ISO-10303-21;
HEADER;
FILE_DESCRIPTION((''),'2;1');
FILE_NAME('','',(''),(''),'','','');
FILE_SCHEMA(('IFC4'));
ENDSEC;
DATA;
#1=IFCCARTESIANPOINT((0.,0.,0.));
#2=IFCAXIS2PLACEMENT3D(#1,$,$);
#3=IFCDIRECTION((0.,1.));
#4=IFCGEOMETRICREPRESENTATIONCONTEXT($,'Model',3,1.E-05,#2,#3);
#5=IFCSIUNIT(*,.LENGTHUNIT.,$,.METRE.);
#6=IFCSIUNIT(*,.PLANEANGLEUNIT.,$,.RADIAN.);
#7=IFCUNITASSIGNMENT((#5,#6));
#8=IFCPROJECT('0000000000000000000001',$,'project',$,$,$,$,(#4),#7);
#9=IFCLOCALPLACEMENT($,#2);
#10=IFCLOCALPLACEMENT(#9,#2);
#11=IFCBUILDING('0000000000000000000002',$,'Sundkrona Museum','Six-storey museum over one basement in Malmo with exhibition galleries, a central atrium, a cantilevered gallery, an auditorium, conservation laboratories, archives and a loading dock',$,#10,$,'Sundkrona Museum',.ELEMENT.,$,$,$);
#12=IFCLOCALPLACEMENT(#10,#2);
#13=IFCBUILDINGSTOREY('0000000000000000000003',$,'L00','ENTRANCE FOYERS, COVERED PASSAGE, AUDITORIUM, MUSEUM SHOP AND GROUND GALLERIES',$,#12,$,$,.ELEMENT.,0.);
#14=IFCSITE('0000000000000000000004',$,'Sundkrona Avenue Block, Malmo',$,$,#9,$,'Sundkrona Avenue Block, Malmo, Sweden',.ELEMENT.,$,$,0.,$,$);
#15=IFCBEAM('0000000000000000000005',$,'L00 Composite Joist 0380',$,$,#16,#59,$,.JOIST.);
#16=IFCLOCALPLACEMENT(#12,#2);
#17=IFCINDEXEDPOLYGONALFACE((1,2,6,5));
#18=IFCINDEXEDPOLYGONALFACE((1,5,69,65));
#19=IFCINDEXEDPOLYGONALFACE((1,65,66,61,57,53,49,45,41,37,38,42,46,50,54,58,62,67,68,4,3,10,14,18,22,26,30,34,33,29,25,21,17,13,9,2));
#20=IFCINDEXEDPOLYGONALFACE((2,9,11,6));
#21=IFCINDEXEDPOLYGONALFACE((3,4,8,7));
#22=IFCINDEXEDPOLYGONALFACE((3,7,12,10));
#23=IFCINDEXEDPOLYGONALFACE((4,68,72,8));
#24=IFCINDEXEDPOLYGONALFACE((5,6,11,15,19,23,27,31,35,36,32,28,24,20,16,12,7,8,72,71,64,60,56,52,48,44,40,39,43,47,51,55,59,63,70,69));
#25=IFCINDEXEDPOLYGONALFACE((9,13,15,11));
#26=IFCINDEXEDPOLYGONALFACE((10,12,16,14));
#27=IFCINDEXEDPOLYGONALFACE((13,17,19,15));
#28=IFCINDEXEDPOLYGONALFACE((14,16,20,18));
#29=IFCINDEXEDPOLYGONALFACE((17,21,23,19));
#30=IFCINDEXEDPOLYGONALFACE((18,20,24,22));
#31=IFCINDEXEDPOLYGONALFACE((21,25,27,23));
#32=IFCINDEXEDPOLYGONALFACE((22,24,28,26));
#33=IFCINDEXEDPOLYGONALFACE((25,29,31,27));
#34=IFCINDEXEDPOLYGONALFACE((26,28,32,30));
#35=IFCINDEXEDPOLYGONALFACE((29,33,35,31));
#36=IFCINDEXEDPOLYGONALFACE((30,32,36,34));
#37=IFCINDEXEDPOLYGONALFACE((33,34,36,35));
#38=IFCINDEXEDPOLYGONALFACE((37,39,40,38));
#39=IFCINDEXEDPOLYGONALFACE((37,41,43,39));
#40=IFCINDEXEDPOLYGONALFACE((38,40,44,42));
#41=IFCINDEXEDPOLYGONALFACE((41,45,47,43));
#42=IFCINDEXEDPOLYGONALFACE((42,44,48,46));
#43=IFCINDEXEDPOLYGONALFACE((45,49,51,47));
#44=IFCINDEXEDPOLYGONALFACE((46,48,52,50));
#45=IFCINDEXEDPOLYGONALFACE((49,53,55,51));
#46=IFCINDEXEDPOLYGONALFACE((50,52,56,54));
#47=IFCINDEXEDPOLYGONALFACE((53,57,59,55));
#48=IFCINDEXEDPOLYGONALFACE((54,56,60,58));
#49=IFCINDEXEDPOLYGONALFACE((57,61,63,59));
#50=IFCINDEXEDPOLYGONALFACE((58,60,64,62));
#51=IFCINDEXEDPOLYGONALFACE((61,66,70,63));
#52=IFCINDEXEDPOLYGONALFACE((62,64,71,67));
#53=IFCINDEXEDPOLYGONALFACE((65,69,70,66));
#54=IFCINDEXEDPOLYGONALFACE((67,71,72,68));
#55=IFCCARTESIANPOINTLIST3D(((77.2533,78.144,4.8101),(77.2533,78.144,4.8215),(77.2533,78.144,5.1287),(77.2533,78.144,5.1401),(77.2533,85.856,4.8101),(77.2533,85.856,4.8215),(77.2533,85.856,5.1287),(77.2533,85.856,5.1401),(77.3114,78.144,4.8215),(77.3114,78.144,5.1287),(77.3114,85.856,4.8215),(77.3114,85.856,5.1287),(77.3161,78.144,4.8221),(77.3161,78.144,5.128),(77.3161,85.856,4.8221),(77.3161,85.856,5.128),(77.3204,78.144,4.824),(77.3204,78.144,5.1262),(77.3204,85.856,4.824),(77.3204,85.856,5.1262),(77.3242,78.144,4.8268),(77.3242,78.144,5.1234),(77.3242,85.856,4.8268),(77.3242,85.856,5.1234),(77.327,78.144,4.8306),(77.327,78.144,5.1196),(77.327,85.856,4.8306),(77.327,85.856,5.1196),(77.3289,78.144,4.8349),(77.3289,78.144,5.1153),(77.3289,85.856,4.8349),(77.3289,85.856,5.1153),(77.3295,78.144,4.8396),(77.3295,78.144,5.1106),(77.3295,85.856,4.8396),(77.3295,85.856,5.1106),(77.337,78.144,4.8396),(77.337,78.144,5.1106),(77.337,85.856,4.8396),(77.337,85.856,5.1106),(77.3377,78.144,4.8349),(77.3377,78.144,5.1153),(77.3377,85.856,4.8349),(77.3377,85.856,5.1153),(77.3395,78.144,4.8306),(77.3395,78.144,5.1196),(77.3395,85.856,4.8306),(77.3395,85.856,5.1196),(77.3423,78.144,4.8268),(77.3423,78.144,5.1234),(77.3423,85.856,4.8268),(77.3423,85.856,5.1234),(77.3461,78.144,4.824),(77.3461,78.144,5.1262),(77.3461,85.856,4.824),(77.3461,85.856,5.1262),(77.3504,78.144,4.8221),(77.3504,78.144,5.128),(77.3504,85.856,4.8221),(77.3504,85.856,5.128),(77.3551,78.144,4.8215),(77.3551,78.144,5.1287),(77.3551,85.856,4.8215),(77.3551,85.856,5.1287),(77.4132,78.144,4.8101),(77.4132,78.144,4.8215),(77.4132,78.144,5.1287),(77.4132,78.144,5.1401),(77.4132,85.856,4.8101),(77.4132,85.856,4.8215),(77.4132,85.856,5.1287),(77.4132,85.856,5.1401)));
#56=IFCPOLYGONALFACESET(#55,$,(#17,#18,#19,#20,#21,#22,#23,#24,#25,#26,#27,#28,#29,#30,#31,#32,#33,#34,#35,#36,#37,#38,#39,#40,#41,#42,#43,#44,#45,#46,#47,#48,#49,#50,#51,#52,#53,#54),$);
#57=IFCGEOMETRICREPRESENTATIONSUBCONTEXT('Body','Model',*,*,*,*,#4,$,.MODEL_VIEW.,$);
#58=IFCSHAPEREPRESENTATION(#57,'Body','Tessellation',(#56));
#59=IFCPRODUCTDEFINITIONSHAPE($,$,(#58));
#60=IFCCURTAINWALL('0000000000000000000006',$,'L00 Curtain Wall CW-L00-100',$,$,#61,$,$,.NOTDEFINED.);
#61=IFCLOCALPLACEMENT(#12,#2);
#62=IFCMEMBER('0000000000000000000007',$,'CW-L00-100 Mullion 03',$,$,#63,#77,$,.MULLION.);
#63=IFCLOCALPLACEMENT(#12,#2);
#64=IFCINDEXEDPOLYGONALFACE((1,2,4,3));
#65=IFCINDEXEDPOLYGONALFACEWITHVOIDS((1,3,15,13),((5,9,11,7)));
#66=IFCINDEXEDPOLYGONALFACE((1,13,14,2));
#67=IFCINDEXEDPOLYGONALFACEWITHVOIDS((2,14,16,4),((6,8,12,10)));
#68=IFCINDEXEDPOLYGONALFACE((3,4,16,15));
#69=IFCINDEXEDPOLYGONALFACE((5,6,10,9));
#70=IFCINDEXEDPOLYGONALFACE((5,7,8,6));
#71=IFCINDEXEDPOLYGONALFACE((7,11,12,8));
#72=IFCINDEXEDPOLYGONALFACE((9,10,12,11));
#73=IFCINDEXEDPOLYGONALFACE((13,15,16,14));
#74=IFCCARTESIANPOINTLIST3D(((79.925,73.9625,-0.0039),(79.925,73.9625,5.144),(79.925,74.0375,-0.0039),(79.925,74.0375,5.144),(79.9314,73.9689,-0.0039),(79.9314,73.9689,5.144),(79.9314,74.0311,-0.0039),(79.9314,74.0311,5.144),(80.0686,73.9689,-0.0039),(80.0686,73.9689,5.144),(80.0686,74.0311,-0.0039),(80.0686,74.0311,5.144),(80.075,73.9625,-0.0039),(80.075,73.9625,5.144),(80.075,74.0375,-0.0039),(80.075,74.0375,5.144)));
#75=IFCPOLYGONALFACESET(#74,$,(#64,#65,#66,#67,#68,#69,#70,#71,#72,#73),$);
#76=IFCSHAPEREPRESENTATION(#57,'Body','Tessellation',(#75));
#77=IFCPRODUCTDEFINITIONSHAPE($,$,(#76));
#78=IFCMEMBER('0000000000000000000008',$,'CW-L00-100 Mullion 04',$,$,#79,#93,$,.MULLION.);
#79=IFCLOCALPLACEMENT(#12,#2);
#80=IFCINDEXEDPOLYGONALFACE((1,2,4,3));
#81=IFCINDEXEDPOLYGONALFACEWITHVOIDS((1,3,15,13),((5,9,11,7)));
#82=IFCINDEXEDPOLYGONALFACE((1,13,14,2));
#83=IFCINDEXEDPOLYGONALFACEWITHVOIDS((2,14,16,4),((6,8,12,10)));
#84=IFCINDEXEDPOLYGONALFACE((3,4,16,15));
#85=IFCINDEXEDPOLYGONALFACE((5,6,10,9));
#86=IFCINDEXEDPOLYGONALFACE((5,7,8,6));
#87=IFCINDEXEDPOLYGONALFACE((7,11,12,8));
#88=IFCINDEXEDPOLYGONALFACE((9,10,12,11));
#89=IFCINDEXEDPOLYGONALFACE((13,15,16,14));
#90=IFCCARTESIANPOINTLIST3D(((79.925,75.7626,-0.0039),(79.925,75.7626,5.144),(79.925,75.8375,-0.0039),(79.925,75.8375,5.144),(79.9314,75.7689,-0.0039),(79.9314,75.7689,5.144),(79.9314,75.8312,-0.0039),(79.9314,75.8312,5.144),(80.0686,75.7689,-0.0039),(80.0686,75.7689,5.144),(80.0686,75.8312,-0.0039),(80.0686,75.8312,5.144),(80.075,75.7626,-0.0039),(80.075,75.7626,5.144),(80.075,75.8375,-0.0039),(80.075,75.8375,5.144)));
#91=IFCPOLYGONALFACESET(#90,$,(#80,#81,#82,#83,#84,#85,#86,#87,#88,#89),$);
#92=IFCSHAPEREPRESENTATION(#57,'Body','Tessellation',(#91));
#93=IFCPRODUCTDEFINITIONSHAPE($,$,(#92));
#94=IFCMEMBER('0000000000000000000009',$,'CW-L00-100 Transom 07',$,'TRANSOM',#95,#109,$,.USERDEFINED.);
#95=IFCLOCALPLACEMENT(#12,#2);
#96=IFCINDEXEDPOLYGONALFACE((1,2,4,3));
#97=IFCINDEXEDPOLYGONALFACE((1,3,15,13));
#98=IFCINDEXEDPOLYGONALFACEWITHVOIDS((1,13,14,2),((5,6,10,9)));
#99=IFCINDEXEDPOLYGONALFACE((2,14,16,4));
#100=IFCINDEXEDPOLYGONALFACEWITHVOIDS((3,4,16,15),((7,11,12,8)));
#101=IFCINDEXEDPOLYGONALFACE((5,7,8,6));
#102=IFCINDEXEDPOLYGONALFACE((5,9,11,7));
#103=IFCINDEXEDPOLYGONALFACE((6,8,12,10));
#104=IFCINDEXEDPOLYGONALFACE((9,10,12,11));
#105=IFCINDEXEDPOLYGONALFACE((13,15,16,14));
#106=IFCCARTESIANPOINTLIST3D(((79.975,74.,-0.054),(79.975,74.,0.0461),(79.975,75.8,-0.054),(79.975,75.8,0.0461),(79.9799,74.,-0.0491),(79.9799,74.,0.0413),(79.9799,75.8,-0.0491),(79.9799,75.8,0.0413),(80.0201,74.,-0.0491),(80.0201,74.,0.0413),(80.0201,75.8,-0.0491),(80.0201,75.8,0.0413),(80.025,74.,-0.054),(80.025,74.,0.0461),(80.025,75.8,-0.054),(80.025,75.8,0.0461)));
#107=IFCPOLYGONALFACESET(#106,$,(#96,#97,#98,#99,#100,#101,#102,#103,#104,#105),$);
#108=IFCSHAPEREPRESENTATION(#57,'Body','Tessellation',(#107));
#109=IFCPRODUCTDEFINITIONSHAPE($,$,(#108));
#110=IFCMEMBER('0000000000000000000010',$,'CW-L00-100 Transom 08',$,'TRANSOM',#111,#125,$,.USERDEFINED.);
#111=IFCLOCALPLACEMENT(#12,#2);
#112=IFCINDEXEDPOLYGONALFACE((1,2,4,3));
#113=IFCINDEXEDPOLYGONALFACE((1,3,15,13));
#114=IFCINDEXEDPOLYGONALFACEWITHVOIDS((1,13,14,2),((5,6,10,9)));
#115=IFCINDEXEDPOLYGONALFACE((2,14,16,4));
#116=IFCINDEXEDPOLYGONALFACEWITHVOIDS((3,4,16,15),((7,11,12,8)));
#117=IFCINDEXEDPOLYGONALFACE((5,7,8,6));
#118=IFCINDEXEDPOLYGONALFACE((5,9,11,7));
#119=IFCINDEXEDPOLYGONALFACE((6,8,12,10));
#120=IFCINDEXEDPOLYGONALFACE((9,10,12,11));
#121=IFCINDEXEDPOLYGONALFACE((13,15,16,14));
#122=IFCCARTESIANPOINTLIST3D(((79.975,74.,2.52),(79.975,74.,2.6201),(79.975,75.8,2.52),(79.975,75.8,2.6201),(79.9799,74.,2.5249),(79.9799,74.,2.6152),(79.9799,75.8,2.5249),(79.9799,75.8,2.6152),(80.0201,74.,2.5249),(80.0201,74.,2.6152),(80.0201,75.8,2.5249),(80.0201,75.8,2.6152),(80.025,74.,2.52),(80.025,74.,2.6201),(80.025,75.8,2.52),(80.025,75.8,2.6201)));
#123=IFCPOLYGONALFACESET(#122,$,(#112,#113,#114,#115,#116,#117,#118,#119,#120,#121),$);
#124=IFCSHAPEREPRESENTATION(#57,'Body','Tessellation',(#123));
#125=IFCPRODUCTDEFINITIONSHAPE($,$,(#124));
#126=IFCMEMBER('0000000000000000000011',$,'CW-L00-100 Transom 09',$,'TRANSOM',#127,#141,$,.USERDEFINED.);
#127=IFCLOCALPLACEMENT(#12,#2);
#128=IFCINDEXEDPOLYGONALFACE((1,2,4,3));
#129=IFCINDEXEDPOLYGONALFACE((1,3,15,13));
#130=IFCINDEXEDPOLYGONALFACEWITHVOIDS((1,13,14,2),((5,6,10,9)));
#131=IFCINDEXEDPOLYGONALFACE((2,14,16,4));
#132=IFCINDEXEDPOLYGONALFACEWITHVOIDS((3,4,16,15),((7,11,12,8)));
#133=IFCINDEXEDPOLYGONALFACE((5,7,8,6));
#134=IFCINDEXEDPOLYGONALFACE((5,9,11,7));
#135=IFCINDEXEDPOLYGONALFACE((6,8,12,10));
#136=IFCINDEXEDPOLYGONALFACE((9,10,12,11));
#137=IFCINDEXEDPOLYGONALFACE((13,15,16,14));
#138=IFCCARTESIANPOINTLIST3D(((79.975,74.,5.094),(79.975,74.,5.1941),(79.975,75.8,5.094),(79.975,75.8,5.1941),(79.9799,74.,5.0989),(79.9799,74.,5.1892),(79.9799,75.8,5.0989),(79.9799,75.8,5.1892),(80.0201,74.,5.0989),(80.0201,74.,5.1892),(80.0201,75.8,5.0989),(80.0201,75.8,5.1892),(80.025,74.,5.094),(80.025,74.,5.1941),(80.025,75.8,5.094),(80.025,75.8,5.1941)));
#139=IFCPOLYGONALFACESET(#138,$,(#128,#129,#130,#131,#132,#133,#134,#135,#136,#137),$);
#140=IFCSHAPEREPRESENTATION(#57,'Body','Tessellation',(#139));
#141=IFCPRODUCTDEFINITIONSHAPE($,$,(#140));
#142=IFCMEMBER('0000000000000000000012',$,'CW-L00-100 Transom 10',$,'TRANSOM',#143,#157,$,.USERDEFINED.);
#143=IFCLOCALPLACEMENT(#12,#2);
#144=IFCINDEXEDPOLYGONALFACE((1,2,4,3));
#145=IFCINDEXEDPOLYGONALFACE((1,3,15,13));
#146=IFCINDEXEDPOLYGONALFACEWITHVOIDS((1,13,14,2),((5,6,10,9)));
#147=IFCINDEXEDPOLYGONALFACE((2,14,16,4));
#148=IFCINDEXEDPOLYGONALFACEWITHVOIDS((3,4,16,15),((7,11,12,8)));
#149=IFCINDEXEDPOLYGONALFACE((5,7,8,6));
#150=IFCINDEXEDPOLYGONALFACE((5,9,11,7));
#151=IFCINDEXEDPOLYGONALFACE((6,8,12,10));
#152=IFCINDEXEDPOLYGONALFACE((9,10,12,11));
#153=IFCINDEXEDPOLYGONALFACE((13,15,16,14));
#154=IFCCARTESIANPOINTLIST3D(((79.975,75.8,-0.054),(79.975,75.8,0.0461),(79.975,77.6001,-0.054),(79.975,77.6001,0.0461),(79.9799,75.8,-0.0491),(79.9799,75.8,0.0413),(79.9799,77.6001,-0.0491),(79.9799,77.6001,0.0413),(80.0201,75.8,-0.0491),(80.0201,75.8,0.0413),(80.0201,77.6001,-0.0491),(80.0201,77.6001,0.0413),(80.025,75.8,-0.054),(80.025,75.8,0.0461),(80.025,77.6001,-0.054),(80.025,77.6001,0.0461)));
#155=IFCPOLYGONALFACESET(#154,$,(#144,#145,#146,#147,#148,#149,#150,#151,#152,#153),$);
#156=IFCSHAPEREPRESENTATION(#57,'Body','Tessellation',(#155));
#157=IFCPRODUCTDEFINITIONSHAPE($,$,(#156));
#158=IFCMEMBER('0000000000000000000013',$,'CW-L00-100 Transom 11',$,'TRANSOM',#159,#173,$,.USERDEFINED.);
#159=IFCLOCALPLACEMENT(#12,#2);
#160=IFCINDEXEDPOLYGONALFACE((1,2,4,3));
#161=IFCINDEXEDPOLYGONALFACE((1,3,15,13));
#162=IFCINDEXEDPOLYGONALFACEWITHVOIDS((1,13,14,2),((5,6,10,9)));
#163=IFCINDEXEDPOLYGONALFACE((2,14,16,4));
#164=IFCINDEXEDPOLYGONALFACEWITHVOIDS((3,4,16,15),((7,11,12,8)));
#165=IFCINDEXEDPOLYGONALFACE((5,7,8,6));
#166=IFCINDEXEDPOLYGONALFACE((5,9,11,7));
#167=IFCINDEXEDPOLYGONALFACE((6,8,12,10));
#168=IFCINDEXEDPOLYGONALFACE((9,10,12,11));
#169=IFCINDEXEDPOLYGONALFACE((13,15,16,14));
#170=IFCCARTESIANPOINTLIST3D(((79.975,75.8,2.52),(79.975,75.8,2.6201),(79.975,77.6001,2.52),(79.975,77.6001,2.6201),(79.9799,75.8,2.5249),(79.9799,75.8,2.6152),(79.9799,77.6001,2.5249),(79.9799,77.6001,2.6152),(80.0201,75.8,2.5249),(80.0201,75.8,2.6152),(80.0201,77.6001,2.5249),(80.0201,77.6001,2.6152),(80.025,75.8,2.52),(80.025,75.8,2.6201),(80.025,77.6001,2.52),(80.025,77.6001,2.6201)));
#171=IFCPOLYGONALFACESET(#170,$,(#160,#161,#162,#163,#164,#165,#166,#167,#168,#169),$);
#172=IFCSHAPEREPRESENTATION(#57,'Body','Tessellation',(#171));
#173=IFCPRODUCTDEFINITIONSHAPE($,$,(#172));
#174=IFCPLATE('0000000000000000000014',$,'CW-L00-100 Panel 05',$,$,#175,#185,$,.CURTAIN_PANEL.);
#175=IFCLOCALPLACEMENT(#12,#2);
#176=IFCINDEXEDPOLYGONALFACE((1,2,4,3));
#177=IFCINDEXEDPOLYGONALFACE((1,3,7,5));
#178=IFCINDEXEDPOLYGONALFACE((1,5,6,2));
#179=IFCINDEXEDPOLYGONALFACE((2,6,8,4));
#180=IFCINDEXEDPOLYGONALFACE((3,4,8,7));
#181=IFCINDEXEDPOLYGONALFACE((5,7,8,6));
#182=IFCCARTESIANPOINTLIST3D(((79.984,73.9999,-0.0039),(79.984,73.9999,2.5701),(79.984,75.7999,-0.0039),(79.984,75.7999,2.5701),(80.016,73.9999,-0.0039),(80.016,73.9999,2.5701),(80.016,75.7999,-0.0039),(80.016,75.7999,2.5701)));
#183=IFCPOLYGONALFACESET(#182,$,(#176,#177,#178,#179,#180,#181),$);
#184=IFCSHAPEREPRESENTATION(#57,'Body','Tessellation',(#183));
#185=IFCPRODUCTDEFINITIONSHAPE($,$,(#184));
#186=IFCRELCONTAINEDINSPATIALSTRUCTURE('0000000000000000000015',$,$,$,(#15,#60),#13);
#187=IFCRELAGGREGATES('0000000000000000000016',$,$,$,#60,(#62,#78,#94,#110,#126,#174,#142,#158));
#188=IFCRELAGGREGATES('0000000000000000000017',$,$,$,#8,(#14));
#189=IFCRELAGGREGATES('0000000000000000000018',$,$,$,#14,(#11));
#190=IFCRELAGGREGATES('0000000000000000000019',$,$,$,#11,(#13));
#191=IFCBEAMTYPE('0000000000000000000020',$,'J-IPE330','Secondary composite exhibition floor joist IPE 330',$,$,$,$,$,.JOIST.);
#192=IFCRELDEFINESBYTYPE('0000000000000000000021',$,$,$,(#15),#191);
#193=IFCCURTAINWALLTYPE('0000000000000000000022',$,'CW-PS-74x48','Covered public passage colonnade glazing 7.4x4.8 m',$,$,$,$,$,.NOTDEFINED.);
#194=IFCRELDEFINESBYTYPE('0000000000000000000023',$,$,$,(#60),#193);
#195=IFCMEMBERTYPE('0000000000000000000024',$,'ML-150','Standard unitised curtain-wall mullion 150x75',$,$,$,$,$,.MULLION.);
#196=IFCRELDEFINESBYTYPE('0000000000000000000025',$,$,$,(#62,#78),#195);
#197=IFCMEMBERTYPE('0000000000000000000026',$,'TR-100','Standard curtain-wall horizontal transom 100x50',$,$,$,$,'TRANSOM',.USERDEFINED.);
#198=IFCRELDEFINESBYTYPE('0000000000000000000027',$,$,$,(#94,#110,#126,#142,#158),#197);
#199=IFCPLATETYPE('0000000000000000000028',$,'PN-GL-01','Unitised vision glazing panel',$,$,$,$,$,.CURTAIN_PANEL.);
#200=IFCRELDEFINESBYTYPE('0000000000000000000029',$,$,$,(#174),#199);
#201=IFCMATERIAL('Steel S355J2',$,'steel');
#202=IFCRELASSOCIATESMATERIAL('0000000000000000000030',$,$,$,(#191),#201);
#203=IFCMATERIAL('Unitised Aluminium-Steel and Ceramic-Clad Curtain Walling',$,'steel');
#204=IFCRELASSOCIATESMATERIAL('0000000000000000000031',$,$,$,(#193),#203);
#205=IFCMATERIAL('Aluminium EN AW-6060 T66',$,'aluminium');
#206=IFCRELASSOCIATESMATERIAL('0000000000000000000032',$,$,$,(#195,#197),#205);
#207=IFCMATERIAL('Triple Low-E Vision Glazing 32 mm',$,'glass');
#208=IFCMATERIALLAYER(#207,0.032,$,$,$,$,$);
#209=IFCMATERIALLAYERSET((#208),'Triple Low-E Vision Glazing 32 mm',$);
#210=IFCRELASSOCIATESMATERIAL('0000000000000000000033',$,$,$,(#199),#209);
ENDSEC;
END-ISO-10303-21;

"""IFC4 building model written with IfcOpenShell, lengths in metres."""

from ifc_helpers import new_model, si_unit, direction, frame, origin, origin_2d, place, context, subcontext, project, spatial, rectangle, hollow_rectangle, i_section, extrude, material, layer, layer_set, material_profile, profile_set, type_object, element, aggregate, save


model = new_model("IFC4")

# Units and contexts
model_context = context("Model", 3, precision=1e-05, world=origin(), true_north=direction((0.0, 1.0)))
body_context = subcontext(model_context, "Body", "Model", "MODEL_VIEW")
ifc_project = project(units=[si_unit("LENGTHUNIT", "METRE"), si_unit("PLANEANGLEUNIT", "RADIAN")], contexts=[model_context])

# Site, building, storey
site_placement = place(None, origin())
site = spatial("IfcSite", under=ifc_project, at=site_placement, Name="Sundkrona Avenue Block, Malmo", LongName="Sundkrona Avenue Block, Malmo, Sweden", CompositionType="ELEMENT", RefElevation=0.0)
building_placement = place(site_placement, origin())
building = spatial("IfcBuilding", under=site, at=building_placement, Name="Sundkrona Museum", Description="Six-storey museum over one basement in Malmo with exhibition galleries, a central atrium, a cantilevered gallery, an auditorium, conservation laboratories, archives and a loading dock", LongName="Sundkrona Museum", CompositionType="ELEMENT")
storey_placement = place(building_placement, origin())
storey = spatial("IfcBuildingStorey", under=building, at=storey_placement, Name="L00", Description="ENTRANCE FOYERS, COVERED PASSAGE, AUDITORIUM, MUSEUM SHOP AND GROUND GALLERIES", CompositionType="ELEMENT", Elevation=0.0)

# Shared definitions
ifc_material_1 = material(Name="Steel S355J2", Category="steel")

# Beam
ifc_material_profile_1 = material_profile(ifc_material_1, i_section(OverallWidth=0.1599, OverallDepth=0.3301, WebThickness=0.0076, FlangeThickness=0.0115, FilletRadius=0.0181, at=origin_2d()), Name="IPE 330")
ifc_profile_set_1 = profile_set([ifc_material_profile_1], Name="Steel S355J2")
beam_type_1 = type_object("IfcBeamType", Name="J-IPE330", Description="Secondary composite exhibition floor joist IPE 330", PredefinedType="JOIST", material=ifc_profile_set_1)
for number, where, z_axis, x_axis, name in (
    (1, (77.3333, 78.144, 4.9751), (0.0, 1.0, 0.0), (-1.0, 0.0, 0.0), "L00 Composite Joist 0380"),
):
    element("IfcBeam", number, at=place(storey_placement, frame(where, z_axis=z_axis, x_axis=x_axis)), inside=storey, type_object=beam_type_1, Name=name, PredefinedType="JOIST", context=body_context, shape_type="SweptSolid", body=[
        extrude(i_section(OverallWidth=0.1599, OverallDepth=0.3301, WebThickness=0.0076, FlangeThickness=0.0115, FilletRadius=0.0181, at=origin_2d()), origin(), (0.0, 0.0, 1.0), 7.7119),
    ])

# Curtain wall, members, plate
ifc_material_2 = material(Name="Unitised Aluminium-Steel and Ceramic-Clad Curtain Walling", Category="steel")
curtain_wall_type = type_object("IfcCurtainWallType", Name="CW-PS-74x48", Description="Covered public passage colonnade glazing 7.4x4.8 m", PredefinedType="NOTDEFINED", material=ifc_material_2)
curtain_wall_placement = place(storey_placement, origin())
curtain_wall = element("IfcCurtainWall", 2, at=curtain_wall_placement, inside=storey, type_object=curtain_wall_type, Name="L00 Curtain Wall CW-L00-100", PredefinedType="NOTDEFINED")
ifc_material_3 = material(Name="Aluminium EN AW-6060 T66", Category="aluminium")
ifc_material_profile_2 = material_profile(ifc_material_3, hollow_rectangle(XDim=0.075, YDim=0.1499, WallThickness=0.0063, at=origin_2d()), Name="RHS 150x75x6.3")
ifc_profile_set_2 = profile_set([ifc_material_profile_2], Name="Aluminium EN AW-6060 T66")
member_type_1 = type_object("IfcMemberType", Name="ML-150", Description="Standard unitised curtain-wall mullion 150x75", PredefinedType="MULLION", material=ifc_profile_set_2)
member_1_placement = place(storey_placement, frame((80.0, 74.0, -0.0039), z_axis=(0.0, 0.0, 1.0), x_axis=(0.0, 1.0, 0.0)))
member_1 = element("IfcMember", 3, at=member_1_placement, type_object=member_type_1, Name="CW-L00-100 Mullion 03", PredefinedType="MULLION", context=body_context, shape_type="SweptSolid", body=[
    extrude(hollow_rectangle(XDim=0.075, YDim=0.1499, WallThickness=0.0063, at=origin_2d()), origin(), (0.0, 0.0, 1.0), 5.1479),
])
member_2_placement = place(storey_placement, frame((80.0, 75.8, -0.0039), z_axis=(0.0, 0.0, 1.0), x_axis=(0.0, 1.0, 0.0)))
member_2 = element("IfcMember", 4, at=member_2_placement, type_object=member_type_1, Name="CW-L00-100 Mullion 04", PredefinedType="MULLION", context=body_context, shape_type="SweptSolid", body=[
    extrude(hollow_rectangle(XDim=0.075, YDim=0.1499, WallThickness=0.0063, at=origin_2d()), origin(), (0.0, 0.0, 1.0), 5.1479),
])
ifc_material_profile_3 = material_profile(ifc_material_3, hollow_rectangle(XDim=0.05, YDim=0.1001, WallThickness=0.0049, at=origin_2d()), Name="RHS 100x50x5.0")
ifc_profile_set_3 = profile_set([ifc_material_profile_3], Name="Aluminium EN AW-6060 T66")
member_type_2 = type_object("IfcMemberType", Name="TR-100", Description="Standard curtain-wall horizontal transom 100x50", ElementType="TRANSOM", PredefinedType="USERDEFINED", material=ifc_profile_set_3)
member_3_placement = place(storey_placement, frame((80.0, 74.0, -0.0039), z_axis=(0.0, 1.0, 0.0), x_axis=(-1.0, 0.0, 0.0)))
member_3 = element("IfcMember", 5, at=member_3_placement, type_object=member_type_2, Name="CW-L00-100 Transom 07", ObjectType="TRANSOM", PredefinedType="USERDEFINED", context=body_context, shape_type="SweptSolid", body=[
    extrude(hollow_rectangle(XDim=0.05, YDim=0.1001, WallThickness=0.0049, at=origin_2d()), origin(), (0.0, 0.0, 1.0), 1.8),
])
member_4_placement = place(storey_placement, frame((80.0, 74.0, 2.5701), z_axis=(0.0, 1.0, 0.0), x_axis=(-1.0, 0.0, 0.0)))
member_4 = element("IfcMember", 6, at=member_4_placement, type_object=member_type_2, Name="CW-L00-100 Transom 08", ObjectType="TRANSOM", PredefinedType="USERDEFINED", context=body_context, shape_type="SweptSolid", body=[
    extrude(hollow_rectangle(XDim=0.05, YDim=0.1001, WallThickness=0.0049, at=origin_2d()), origin(), (0.0, 0.0, 1.0), 1.8),
])
member_5_placement = place(storey_placement, frame((80.0, 74.0, 5.144), z_axis=(0.0, 1.0, 0.0), x_axis=(-1.0, 0.0, 0.0)))
member_5 = element("IfcMember", 7, at=member_5_placement, type_object=member_type_2, Name="CW-L00-100 Transom 09", ObjectType="TRANSOM", PredefinedType="USERDEFINED", context=body_context, shape_type="SweptSolid", body=[
    extrude(hollow_rectangle(XDim=0.05, YDim=0.1001, WallThickness=0.0049, at=origin_2d()), origin(), (0.0, 0.0, 1.0), 1.8),
])
member_6_placement = place(storey_placement, frame((80.0, 75.8, -0.0039), z_axis=(0.0, 1.0, 0.0), x_axis=(-1.0, 0.0, 0.0)))
member_6 = element("IfcMember", 8, at=member_6_placement, type_object=member_type_2, Name="CW-L00-100 Transom 10", ObjectType="TRANSOM", PredefinedType="USERDEFINED", context=body_context, shape_type="SweptSolid", body=[
    extrude(hollow_rectangle(XDim=0.05, YDim=0.1001, WallThickness=0.0049, at=origin_2d()), origin(), (0.0, 0.0, 1.0), 1.8),
])
member_7_placement = place(storey_placement, frame((80.0, 75.8, 2.5701), z_axis=(0.0, 1.0, 0.0), x_axis=(-1.0, 0.0, 0.0)))
member_7 = element("IfcMember", 9, at=member_7_placement, type_object=member_type_2, Name="CW-L00-100 Transom 11", ObjectType="TRANSOM", PredefinedType="USERDEFINED", context=body_context, shape_type="SweptSolid", body=[
    extrude(hollow_rectangle(XDim=0.05, YDim=0.1001, WallThickness=0.0049, at=origin_2d()), origin(), (0.0, 0.0, 1.0), 1.8),
])
ifc_material_4 = material(Name="Triple Low-E Vision Glazing 32 mm", Category="glass")
ifc_layer_1 = layer(ifc_material_4, 0.032)
ifc_layer_set_1 = layer_set([ifc_layer_1], Name="Triple Low-E Vision Glazing 32 mm")
plate_type = type_object("IfcPlateType", Name="PN-GL-01", Description="Unitised vision glazing panel", PredefinedType="CURTAIN_PANEL", material=ifc_layer_set_1)
plate_1_placement = place(storey_placement, frame((80.0, 74.8999, -0.0039), z_axis=(0.0, 0.0, 1.0), x_axis=(0.0, 1.0, 0.0)))
plate_1 = element("IfcPlate", 10, at=plate_1_placement, type_object=plate_type, Name="CW-L00-100 Panel 05", PredefinedType="CURTAIN_PANEL", context=body_context, shape_type="SweptSolid", body=[
    extrude(rectangle(XDim=1.8, YDim=0.032, at=origin_2d()), origin(), (0.0, 0.0, 1.0), 2.574),
])
aggregate(curtain_wall, [member_1, member_2, member_3, member_4, member_5, plate_1, member_6, member_7])

save(model, "model.ifc")
